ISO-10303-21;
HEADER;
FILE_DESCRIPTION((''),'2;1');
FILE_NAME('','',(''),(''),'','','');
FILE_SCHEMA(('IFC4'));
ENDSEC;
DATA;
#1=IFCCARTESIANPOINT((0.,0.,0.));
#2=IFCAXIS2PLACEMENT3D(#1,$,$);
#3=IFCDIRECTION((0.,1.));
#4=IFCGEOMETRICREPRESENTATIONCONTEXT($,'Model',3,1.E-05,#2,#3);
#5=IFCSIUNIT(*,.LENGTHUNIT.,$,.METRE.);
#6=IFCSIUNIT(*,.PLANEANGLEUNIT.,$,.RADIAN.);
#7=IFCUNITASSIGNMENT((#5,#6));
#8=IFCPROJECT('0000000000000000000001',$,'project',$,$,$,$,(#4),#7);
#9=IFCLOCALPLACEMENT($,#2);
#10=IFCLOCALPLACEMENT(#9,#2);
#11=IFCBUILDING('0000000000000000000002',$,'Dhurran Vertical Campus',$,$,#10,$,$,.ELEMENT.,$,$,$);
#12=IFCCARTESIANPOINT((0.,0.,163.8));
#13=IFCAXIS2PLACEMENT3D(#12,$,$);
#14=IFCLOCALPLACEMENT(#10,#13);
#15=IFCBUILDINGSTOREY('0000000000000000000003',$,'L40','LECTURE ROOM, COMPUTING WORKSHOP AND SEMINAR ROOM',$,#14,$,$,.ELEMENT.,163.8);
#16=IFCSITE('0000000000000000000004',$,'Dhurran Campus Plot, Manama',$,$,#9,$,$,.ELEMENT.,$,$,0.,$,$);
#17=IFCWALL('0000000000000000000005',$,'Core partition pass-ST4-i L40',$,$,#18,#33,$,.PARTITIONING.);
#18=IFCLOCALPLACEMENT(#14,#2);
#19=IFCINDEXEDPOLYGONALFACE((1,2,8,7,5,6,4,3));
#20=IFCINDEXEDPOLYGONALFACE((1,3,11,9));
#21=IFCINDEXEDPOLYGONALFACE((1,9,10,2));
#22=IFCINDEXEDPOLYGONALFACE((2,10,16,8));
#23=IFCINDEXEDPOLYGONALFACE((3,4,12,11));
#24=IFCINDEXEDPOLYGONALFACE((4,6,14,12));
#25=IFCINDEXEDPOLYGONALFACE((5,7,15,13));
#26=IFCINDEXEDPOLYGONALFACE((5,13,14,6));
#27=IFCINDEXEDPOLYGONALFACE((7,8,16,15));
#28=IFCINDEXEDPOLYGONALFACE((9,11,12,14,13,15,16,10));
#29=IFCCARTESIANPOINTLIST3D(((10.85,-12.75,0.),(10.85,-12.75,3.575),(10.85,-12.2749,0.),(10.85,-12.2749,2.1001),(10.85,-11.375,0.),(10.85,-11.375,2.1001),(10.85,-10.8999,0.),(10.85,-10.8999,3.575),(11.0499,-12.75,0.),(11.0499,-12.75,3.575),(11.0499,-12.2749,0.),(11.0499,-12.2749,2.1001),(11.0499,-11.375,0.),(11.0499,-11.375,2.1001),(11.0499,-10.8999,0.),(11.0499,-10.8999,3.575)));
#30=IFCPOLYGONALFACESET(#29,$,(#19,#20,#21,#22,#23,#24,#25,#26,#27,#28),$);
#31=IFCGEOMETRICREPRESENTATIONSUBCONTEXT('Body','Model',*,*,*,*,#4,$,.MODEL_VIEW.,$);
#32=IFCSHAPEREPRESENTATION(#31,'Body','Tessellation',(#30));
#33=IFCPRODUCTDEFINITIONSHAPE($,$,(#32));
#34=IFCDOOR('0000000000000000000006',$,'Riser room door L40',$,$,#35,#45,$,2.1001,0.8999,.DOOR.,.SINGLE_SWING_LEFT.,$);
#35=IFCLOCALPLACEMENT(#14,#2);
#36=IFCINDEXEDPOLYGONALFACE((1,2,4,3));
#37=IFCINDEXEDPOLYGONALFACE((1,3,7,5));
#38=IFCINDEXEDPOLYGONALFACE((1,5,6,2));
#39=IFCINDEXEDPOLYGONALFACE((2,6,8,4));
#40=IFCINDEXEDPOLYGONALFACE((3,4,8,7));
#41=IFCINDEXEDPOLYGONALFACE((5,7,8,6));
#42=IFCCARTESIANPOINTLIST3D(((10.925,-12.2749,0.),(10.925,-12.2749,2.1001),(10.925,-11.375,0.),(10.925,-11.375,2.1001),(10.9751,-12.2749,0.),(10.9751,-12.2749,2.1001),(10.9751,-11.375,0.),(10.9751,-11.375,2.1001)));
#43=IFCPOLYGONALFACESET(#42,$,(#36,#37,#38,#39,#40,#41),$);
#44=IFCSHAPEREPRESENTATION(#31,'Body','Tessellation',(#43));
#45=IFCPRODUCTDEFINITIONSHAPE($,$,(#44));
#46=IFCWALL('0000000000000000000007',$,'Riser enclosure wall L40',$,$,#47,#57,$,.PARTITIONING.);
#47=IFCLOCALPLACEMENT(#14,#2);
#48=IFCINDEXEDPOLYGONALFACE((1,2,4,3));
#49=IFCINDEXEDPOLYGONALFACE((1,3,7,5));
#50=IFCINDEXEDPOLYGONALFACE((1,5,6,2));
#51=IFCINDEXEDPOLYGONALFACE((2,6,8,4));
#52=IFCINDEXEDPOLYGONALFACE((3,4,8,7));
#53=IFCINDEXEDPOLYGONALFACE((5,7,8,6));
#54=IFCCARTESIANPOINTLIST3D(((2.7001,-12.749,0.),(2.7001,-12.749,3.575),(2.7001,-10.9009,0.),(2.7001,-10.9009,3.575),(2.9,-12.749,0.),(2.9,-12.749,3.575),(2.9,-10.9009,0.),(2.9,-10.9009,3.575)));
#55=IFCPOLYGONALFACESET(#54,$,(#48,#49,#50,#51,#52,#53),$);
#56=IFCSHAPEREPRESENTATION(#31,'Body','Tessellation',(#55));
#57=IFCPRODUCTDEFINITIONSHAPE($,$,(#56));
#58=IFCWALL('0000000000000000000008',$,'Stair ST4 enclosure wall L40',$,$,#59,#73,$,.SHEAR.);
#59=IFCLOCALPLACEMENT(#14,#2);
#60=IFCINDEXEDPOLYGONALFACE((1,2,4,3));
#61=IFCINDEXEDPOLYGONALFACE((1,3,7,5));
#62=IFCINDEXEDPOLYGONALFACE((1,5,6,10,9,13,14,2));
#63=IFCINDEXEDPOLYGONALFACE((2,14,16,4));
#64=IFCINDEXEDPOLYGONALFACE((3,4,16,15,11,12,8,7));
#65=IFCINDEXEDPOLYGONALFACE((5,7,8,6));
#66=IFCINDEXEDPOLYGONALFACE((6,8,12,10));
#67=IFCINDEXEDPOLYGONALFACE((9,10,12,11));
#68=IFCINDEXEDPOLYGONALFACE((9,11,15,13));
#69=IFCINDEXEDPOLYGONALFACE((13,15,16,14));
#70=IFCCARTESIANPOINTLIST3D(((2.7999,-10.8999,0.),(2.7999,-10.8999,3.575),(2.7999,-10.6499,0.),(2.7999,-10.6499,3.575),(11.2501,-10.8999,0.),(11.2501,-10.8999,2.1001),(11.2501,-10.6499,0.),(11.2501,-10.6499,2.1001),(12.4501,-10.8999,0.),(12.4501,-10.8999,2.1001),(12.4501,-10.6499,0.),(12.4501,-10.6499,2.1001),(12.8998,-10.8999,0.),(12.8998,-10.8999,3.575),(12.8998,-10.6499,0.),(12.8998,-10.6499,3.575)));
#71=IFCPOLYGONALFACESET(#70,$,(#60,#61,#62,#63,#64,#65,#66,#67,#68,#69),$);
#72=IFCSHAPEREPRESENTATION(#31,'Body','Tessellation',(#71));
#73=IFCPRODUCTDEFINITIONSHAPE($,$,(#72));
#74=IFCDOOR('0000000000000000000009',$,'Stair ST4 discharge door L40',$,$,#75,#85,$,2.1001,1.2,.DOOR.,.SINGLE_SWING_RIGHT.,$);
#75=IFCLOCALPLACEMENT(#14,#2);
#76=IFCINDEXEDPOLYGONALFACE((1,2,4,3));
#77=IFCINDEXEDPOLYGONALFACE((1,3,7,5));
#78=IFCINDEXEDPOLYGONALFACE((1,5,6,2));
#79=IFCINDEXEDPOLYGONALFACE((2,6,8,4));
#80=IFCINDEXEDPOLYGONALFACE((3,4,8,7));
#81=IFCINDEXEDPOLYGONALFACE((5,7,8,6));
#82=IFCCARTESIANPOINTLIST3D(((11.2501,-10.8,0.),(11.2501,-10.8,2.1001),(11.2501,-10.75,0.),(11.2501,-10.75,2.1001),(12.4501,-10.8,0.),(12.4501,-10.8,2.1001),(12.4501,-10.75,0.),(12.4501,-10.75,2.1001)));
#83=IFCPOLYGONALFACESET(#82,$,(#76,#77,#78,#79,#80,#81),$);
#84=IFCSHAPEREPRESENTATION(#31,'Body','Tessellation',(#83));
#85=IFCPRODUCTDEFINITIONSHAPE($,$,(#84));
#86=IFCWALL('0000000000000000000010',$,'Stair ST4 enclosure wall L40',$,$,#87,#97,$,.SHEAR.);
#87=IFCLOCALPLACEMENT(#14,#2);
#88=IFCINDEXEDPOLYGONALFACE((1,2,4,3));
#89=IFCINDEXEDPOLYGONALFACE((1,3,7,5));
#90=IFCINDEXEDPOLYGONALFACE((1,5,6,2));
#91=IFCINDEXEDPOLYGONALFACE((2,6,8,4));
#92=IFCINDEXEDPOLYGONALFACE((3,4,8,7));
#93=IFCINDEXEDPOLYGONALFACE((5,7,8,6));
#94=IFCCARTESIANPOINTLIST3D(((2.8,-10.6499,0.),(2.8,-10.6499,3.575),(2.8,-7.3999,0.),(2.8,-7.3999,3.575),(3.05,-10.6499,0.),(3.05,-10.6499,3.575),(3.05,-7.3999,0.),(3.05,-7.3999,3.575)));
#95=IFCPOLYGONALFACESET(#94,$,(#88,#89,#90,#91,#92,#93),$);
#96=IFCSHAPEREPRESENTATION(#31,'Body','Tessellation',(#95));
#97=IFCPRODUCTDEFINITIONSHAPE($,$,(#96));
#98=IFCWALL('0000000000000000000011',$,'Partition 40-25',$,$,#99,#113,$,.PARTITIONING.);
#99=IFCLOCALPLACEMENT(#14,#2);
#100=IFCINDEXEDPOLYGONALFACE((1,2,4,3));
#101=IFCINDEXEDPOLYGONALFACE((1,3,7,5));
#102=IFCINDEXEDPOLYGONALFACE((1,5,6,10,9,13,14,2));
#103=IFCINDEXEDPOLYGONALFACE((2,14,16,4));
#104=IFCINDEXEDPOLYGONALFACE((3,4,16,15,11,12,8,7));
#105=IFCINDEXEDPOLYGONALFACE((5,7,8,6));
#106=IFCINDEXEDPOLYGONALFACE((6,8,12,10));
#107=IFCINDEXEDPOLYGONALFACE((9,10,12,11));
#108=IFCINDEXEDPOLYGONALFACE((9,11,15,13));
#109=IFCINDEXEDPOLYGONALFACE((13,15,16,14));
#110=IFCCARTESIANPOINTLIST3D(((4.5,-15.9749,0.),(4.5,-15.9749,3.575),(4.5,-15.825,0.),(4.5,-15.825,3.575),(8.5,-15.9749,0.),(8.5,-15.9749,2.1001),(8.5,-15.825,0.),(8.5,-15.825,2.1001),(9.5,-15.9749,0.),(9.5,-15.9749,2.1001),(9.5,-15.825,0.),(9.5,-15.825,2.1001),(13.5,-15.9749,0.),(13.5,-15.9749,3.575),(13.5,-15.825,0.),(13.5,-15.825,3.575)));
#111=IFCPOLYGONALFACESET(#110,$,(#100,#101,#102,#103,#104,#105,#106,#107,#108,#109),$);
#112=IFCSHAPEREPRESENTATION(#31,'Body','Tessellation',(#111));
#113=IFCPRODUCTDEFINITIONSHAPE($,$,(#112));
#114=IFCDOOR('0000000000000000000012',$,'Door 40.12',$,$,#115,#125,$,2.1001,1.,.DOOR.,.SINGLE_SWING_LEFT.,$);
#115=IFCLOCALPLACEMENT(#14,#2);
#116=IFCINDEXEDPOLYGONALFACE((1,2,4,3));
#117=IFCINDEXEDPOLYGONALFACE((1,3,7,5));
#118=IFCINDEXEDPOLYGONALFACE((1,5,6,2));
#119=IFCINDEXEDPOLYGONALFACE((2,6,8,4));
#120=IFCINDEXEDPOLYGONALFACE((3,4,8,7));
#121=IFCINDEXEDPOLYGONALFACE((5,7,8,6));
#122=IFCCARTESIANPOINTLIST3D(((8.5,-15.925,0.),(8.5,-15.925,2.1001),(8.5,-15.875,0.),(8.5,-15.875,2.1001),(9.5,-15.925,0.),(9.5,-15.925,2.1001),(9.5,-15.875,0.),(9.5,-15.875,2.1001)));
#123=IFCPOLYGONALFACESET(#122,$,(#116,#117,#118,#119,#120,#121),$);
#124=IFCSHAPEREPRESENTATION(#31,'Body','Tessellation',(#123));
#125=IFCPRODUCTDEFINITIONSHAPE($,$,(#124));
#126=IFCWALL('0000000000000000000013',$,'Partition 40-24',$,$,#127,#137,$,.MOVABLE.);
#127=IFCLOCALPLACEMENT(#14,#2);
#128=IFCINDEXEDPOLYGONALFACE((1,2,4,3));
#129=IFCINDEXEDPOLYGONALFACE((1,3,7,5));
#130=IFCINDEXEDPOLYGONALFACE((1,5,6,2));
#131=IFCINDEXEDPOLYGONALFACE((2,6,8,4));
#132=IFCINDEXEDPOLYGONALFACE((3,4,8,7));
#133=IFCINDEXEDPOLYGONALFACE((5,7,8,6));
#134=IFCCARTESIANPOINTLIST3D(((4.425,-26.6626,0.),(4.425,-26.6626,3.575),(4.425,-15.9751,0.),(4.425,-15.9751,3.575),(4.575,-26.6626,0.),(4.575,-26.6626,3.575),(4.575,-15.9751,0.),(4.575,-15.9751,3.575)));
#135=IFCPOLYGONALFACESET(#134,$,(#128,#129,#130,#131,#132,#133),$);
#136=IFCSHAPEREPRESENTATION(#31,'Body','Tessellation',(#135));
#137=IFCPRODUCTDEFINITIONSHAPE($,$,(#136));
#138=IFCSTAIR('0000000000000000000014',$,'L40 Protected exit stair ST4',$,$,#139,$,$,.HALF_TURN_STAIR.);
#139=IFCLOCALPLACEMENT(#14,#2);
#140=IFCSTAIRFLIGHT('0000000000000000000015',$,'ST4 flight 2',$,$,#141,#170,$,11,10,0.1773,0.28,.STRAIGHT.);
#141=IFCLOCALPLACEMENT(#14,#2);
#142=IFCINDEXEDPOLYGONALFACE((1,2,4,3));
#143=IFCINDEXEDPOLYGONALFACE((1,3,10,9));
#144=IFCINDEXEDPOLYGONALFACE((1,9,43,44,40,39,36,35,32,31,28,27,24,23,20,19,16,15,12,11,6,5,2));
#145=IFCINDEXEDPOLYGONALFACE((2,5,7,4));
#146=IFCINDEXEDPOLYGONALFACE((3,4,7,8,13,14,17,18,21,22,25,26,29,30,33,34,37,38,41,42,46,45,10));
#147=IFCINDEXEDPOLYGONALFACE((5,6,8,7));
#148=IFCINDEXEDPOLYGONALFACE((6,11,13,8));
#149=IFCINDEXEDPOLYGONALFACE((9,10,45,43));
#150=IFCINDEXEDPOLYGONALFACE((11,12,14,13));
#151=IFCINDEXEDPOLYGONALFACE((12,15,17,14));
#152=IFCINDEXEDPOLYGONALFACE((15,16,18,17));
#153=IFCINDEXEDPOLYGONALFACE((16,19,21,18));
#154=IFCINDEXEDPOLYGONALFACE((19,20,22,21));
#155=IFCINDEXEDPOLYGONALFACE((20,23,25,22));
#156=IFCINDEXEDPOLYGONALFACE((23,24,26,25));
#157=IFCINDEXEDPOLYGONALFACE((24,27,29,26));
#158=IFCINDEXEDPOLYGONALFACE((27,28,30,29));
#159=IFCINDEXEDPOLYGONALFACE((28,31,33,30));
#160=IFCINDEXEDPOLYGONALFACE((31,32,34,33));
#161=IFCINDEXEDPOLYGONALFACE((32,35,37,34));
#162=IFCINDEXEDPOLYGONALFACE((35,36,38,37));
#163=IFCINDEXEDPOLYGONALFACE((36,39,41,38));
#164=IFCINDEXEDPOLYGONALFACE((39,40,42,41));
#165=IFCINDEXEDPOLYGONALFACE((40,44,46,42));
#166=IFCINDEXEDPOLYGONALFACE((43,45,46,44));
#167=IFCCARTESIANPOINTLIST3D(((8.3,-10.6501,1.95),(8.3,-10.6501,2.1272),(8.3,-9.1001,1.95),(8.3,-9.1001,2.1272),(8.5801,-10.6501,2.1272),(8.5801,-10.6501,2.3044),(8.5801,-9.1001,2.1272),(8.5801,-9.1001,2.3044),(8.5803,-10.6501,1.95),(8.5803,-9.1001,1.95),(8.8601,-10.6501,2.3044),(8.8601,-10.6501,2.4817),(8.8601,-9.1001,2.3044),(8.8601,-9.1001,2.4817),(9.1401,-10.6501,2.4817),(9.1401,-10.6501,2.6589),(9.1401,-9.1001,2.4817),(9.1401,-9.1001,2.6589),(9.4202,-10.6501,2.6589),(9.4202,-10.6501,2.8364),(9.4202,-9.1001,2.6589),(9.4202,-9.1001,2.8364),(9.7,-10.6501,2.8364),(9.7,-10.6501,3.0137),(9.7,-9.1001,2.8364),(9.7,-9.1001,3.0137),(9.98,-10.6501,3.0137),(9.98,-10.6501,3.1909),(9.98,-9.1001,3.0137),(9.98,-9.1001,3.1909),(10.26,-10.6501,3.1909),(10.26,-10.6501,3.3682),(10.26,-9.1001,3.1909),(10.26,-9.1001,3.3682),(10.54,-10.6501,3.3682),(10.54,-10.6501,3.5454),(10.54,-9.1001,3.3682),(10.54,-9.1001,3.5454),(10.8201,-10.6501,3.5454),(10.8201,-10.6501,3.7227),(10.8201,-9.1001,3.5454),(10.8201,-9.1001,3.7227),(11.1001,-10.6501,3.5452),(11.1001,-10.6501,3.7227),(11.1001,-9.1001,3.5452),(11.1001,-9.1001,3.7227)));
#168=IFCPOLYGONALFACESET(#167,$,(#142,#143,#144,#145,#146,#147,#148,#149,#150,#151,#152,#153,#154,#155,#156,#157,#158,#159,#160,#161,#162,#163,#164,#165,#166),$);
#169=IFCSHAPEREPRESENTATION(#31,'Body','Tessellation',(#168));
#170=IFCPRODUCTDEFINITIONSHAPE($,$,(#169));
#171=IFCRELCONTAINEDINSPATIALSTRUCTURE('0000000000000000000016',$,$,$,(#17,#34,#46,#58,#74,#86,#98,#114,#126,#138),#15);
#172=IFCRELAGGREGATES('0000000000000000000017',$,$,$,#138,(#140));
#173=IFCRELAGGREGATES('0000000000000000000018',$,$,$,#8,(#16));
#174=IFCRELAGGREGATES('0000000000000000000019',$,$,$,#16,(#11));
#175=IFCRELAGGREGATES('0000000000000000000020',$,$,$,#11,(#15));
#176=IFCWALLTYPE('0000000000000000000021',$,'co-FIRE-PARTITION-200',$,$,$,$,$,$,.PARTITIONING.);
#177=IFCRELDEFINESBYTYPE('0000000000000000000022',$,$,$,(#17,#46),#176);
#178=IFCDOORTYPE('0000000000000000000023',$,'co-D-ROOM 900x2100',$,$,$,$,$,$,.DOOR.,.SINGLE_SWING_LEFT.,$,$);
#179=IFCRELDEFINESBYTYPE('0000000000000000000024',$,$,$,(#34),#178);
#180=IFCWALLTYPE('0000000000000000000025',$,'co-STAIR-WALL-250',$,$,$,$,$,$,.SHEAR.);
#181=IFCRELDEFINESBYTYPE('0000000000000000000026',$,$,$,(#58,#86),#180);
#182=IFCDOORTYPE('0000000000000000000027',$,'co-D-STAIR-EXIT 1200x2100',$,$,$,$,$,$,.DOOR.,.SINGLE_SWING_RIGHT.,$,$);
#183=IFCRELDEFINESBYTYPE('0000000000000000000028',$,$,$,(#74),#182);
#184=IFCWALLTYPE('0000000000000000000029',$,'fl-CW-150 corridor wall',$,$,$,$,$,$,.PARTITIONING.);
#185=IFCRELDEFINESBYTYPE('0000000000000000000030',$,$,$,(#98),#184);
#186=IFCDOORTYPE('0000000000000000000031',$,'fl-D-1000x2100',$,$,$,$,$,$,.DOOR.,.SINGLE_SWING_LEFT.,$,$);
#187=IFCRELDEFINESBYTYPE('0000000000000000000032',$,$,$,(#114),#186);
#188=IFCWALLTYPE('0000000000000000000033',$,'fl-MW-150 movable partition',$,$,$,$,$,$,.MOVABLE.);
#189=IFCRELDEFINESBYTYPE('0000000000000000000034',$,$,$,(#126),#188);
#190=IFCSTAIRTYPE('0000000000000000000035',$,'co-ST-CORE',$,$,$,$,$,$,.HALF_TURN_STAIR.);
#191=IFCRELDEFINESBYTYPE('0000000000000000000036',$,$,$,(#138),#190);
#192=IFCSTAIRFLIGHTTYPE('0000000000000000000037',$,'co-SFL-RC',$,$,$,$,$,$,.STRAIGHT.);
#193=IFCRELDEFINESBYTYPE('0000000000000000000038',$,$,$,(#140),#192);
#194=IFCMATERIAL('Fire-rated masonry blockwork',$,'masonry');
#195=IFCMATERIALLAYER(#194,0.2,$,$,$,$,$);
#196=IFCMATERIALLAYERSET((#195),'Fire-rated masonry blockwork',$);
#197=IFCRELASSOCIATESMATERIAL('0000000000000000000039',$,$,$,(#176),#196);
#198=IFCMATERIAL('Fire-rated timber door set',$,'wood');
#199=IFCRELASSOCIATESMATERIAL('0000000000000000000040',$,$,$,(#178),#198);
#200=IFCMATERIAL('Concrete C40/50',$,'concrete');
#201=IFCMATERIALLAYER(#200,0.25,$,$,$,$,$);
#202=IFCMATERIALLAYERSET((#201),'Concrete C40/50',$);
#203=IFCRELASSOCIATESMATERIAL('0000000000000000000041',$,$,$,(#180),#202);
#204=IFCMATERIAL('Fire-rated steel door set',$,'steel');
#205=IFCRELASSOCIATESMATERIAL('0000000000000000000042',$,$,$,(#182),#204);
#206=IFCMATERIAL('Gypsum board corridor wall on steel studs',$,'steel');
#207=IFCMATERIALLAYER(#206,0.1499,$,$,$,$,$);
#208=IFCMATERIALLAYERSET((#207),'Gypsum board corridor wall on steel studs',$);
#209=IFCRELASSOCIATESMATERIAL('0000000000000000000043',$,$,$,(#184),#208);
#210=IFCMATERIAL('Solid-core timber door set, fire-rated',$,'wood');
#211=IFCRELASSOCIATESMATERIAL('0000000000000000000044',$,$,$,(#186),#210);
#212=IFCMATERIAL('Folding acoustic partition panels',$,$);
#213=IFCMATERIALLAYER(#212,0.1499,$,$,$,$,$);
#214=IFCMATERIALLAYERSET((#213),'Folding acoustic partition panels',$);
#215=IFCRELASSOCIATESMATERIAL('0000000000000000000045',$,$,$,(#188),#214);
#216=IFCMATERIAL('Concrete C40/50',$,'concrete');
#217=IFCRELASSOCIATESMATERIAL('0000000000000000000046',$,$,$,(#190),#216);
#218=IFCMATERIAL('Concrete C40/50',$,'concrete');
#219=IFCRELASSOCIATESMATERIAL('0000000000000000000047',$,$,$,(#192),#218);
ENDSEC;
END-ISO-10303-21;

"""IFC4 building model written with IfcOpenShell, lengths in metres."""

from ifc_helpers import new_model, si_unit, direction, frame, frame_2d, origin, place, context, subcontext, project, spatial, polyline, rectangle, outline, extrude, material, layer, layer_set, type_object, element, fill, aggregate, save


model = new_model("IFC4")

# Units and contexts
model_context = context("Model", 3, precision=1e-05, world=origin(), true_north=direction((0.0, 1.0)))
body_context = subcontext(model_context, "Body", "Model", "MODEL_VIEW")
ifc_project = project(units=[si_unit("LENGTHUNIT", "METRE"), si_unit("PLANEANGLEUNIT", "RADIAN")], contexts=[model_context])

# Site, building, storey
site_placement = place(None, origin())
site = spatial("IfcSite", under=ifc_project, at=site_placement, Name="Dhurran Campus Plot, Manama", CompositionType="ELEMENT", RefElevation=0.0)
building_placement = place(site_placement, origin())
building = spatial("IfcBuilding", under=site, at=building_placement, Name="Dhurran Vertical Campus", CompositionType="ELEMENT")
storey_placement = place(building_placement, frame((0.0, 0.0, 163.8)))
storey = spatial("IfcBuildingStorey", under=building, at=storey_placement, Name="L40", Description="LECTURE ROOM, COMPUTING WORKSHOP AND SEMINAR ROOM", CompositionType="ELEMENT", Elevation=163.8)

# Wall, opening, door
ifc_material_1 = material(Name="Fire-rated masonry blockwork", Category="masonry")
ifc_layer_1 = layer(ifc_material_1, 0.2)
ifc_layer_set_1 = layer_set([ifc_layer_1], Name="Fire-rated masonry blockwork")
wall_type_1 = type_object("IfcWallType", Name="co-FIRE-PARTITION-200", PredefinedType="PARTITIONING", material=ifc_layer_set_1)
ifc_material_2 = material(Name="Fire-rated timber door set", Category="wood")
door_type_1 = type_object("IfcDoorType", Name="co-D-ROOM 900x2100", OperationType="SINGLE_SWING_LEFT", PredefinedType="DOOR", material=ifc_material_2)
wall_1_placement = place(storey_placement, frame((10.95, -12.75, 0.0), z_axis=(0.0, 0.0, 1.0), x_axis=(0.0, 1.0, 0.0)))
wall_1 = element("IfcWall", 1, at=wall_1_placement, inside=storey, type_object=wall_type_1, Name="Core partition pass-ST4-i L40", PredefinedType="PARTITIONING", context=body_context, shape_type="SweptSolid", body=[
    extrude(rectangle(XDim=1.8501, YDim=0.2, at=frame_2d((0.925, 0.0))), origin(), (0.0, 0.0, 1.0), 3.575),
])
opening_1_placement = place(wall_1_placement, frame((0.4751, 0.0, 0.0)))
opening_1 = element("IfcOpeningElement", 2, at=opening_1_placement, cuts=wall_1, PredefinedType="OPENING", context=body_context, shape_type="SweptSolid", body=[
    extrude(rectangle(XDim=0.8999, YDim=2.1001, at=frame_2d((0.45, 1.05))), frame((0.0, 0.1099, 0.0), z_axis=(0.0, -1.0, 0.0), x_axis=(1.0, 0.0, 0.0)), (0.0, 0.0, 1.0), 0.22),
])
door_1_placement = place(opening_1_placement, origin())
door_1 = element("IfcDoor", 3, at=door_1_placement, inside=storey, type_object=door_type_1, Name="Riser room door L40", OperationType="SINGLE_SWING_LEFT", OverallHeight=2.1001, OverallWidth=0.8999, PredefinedType="DOOR", context=body_context, shape_type="SweptSolid", body=[
    extrude(rectangle(XDim=0.8999, YDim=2.1001, at=frame_2d((0.45, 1.05))), frame((0.0, 0.0249, 0.0), z_axis=(0.0, -1.0, 0.0), x_axis=(1.0, 0.0, 0.0)), (0.0, 0.0, 1.0), 0.05),
])
fill(opening_1, door_1)

# Wall
wall_2_placement = place(storey_placement, frame((2.8, -10.9009, 0.0), z_axis=(0.0, 0.0, 1.0), x_axis=(0.0, -1.0, 0.0)))
element("IfcWall", 4, at=wall_2_placement, inside=storey, type_object=wall_type_1, Name="Riser enclosure wall L40", PredefinedType="PARTITIONING", context=body_context, shape_type="SweptSolid", body=[
    extrude(rectangle(XDim=1.8481, YDim=0.2, at=frame_2d((0.9241, 0.0))), origin(), (0.0, 0.0, 1.0), 3.575),
])

# Wall, opening, door
ifc_material_3 = material(Name="Concrete C40/50", Category="concrete")
ifc_layer_2 = layer(ifc_material_3, 0.25)
ifc_layer_set_2 = layer_set([ifc_layer_2], Name="Concrete C40/50")
wall_type_2 = type_object("IfcWallType", Name="co-STAIR-WALL-250", PredefinedType="SHEAR", material=ifc_layer_set_2)
wall_3_placement = place(storey_placement, frame((2.8, -10.7749, 0.0), z_axis=(0.0, 0.0, 1.0), x_axis=(1.0, 0.0, 0.0)))
wall_3 = element("IfcWall", 5, at=wall_3_placement, inside=storey, type_object=wall_type_2, Name="Stair ST4 enclosure wall L40", PredefinedType="SHEAR", context=body_context, shape_type="SweptSolid", body=[
    extrude(rectangle(XDim=10.0999, YDim=0.25, at=frame_2d((5.0498, 0.0))), origin(), (0.0, 0.0, 1.0), 3.575),
])
opening_2_placement = place(wall_3_placement, frame((8.45, 0.0, 0.0)))
opening_2 = element("IfcOpeningElement", 6, at=opening_2_placement, cuts=wall_3, PredefinedType="OPENING", context=body_context, shape_type="SweptSolid", body=[
    extrude(rectangle(XDim=1.2, YDim=2.1001, at=frame_2d((0.6001, 1.05))), frame((0.0, 0.135, 0.0), z_axis=(0.0, -1.0, 0.0), x_axis=(1.0, 0.0, 0.0)), (0.0, 0.0, 1.0), 0.27),
])
ifc_material_4 = material(Name="Fire-rated steel door set", Category="steel")
door_type_2 = type_object("IfcDoorType", Name="co-D-STAIR-EXIT 1200x2100", OperationType="SINGLE_SWING_RIGHT", PredefinedType="DOOR", material=ifc_material_4)
door_2_placement = place(opening_2_placement, origin())
door_2 = element("IfcDoor", 7, at=door_2_placement, inside=storey, type_object=door_type_2, Name="Stair ST4 discharge door L40", OperationType="SINGLE_SWING_RIGHT", OverallHeight=2.1001, OverallWidth=1.2, PredefinedType="DOOR", context=body_context, shape_type="SweptSolid", body=[
    extrude(rectangle(XDim=1.2, YDim=2.1001, at=frame_2d((0.6001, 1.05))), frame((0.0, 0.0249, 0.0), z_axis=(0.0, -1.0, 0.0), x_axis=(1.0, 0.0, 0.0)), (0.0, 0.0, 1.0), 0.05),
])
fill(opening_2, door_2)

# Wall
wall_4_placement = place(storey_placement, frame((2.925, -10.6499, 0.0), z_axis=(0.0, 0.0, 1.0), x_axis=(0.0, 1.0, 0.0)))
element("IfcWall", 8, at=wall_4_placement, inside=storey, type_object=wall_type_2, Name="Stair ST4 enclosure wall L40", PredefinedType="SHEAR", context=body_context, shape_type="SweptSolid", body=[
    extrude(rectangle(XDim=3.25, YDim=0.25, at=frame_2d((1.625, 0.0))), origin(), (0.0, 0.0, 1.0), 3.575),
])

# Wall, opening, door
ifc_material_5 = material(Name="Gypsum board corridor wall on steel studs", Category="steel")
ifc_layer_3 = layer(ifc_material_5, 0.1499)
ifc_layer_set_3 = layer_set([ifc_layer_3], Name="Gypsum board corridor wall on steel studs")
wall_type_3 = type_object("IfcWallType", Name="fl-CW-150 corridor wall", PredefinedType="PARTITIONING", material=ifc_layer_set_3)
wall_5_placement = place(storey_placement, frame((4.5, -15.8999, 0.0), z_axis=(0.0, 0.0, 1.0), x_axis=(1.0, 0.0, 0.0)))
wall_5 = element("IfcWall", 9, at=wall_5_placement, inside=storey, type_object=wall_type_3, Name="Partition 40-25", PredefinedType="PARTITIONING", context=body_context, shape_type="SweptSolid", body=[
    extrude(rectangle(XDim=9.0, YDim=0.1499, at=frame_2d((4.5, 0.0))), origin(), (0.0, 0.0, 1.0), 3.575),
])
opening_3_placement = place(wall_5_placement, frame((4.0, 0.0, 0.0)))
opening_3 = element("IfcOpeningElement", 10, at=opening_3_placement, cuts=wall_5, PredefinedType="OPENING", context=body_context, shape_type="SweptSolid", body=[
    extrude(rectangle(XDim=1.0, YDim=2.1001, at=frame_2d((0.5, 1.05))), frame((0.0, 0.085, 0.0), z_axis=(0.0, -1.0, 0.0), x_axis=(1.0, 0.0, 0.0)), (0.0, 0.0, 1.0), 0.1699),
])
ifc_material_6 = material(Name="Solid-core timber door set, fire-rated", Category="wood")
door_type_3 = type_object("IfcDoorType", Name="fl-D-1000x2100", OperationType="SINGLE_SWING_LEFT", PredefinedType="DOOR", material=ifc_material_6)
door_3_placement = place(opening_3_placement, origin())
door_3 = element("IfcDoor", 11, at=door_3_placement, inside=storey, type_object=door_type_3, Name="Door 40.12", OperationType="SINGLE_SWING_LEFT", OverallHeight=2.1001, OverallWidth=1.0, PredefinedType="DOOR", context=body_context, shape_type="SweptSolid", body=[
    extrude(rectangle(XDim=1.0, YDim=2.1001, at=frame_2d((0.5, 1.05))), frame((0.0, 0.0249, 0.0), z_axis=(0.0, -1.0, 0.0), x_axis=(1.0, 0.0, 0.0)), (0.0, 0.0, 1.0), 0.05),
])
fill(opening_3, door_3)

# Wall
ifc_material_7 = material(Name="Folding acoustic partition panels")
ifc_layer_4 = layer(ifc_material_7, 0.1499)
ifc_layer_set_4 = layer_set([ifc_layer_4], Name="Folding acoustic partition panels")
wall_type_4 = type_object("IfcWallType", Name="fl-MW-150 movable partition", PredefinedType="MOVABLE", material=ifc_layer_set_4)
wall_6_placement = place(storey_placement, frame((4.5, -15.9751, 0.0), z_axis=(0.0, 0.0, 1.0), x_axis=(0.0, -1.0, 0.0)))
element("IfcWall", 12, at=wall_6_placement, inside=storey, type_object=wall_type_4, Name="Partition 40-24", PredefinedType="MOVABLE", context=body_context, shape_type="SweptSolid", body=[
    extrude(rectangle(XDim=10.6875, YDim=0.1499, at=frame_2d((5.3438, 0.0))), origin(), (0.0, 0.0, 1.0), 3.575),
])

# Stair, stair flight
ifc_material_8 = material(Name="Concrete C40/50", Category="concrete")
stair_type = type_object("IfcStairType", Name="co-ST-CORE", PredefinedType="HALF_TURN_STAIR", material=ifc_material_8)
stair_placement = place(storey_placement, origin())
stair = element("IfcStair", 13, at=stair_placement, inside=storey, type_object=stair_type, Name="L40 Protected exit stair ST4", PredefinedType="HALF_TURN_STAIR")
ifc_material_9 = material(Name="Concrete C40/50", Category="concrete")
stair_flight_type = type_object("IfcStairFlightType", Name="co-SFL-RC", PredefinedType="STRAIGHT", material=ifc_material_9)
stair_flight_placement = place(storey_placement, frame((8.3, -9.875, 1.95), z_axis=(0.0, 0.0, 1.0), x_axis=(1.0, 0.0, 0.0)))
stair_flight = element("IfcStairFlight", 14, at=stair_flight_placement, type_object=stair_flight_type, Name="ST4 flight 2", NumberOfRisers=11, NumberOfTreads=10, PredefinedType="STRAIGHT", RiserHeight=0.1773, TreadLength=0.28, context=body_context, shape_type="SweptSolid", body=[
    extrude(outline(polyline([(0.0, 0.0), (0.0, 0.1772), (0.28, 0.1772), (0.28, 0.3545), (0.5601, 0.3545), (0.5601, 0.5317), (0.8401, 0.5317), (0.8401, 0.709), (1.1201, 0.709), (1.1201, 0.8865), (1.3999, 0.8865), (1.3999, 1.0637), (1.6799, 1.0637), (1.6799, 1.241), (1.96, 1.241), (1.96, 1.4182), (2.24, 1.4182), (2.24, 1.5955), (2.52, 1.5955), (2.52, 1.7727), (2.8, 1.7727), (2.8, 1.95), (2.8, 1.5952), (0.2803, 0.0), (0.0, 0.0)])), frame((0.0, 0.7749, 0.0), z_axis=(0.0, -1.0, 0.0), x_axis=(1.0, 0.0, 0.0)), (0.0, 0.0, 1.0), 1.55),
])
aggregate(stair, [stair_flight])

save(model, "model.ifc")
